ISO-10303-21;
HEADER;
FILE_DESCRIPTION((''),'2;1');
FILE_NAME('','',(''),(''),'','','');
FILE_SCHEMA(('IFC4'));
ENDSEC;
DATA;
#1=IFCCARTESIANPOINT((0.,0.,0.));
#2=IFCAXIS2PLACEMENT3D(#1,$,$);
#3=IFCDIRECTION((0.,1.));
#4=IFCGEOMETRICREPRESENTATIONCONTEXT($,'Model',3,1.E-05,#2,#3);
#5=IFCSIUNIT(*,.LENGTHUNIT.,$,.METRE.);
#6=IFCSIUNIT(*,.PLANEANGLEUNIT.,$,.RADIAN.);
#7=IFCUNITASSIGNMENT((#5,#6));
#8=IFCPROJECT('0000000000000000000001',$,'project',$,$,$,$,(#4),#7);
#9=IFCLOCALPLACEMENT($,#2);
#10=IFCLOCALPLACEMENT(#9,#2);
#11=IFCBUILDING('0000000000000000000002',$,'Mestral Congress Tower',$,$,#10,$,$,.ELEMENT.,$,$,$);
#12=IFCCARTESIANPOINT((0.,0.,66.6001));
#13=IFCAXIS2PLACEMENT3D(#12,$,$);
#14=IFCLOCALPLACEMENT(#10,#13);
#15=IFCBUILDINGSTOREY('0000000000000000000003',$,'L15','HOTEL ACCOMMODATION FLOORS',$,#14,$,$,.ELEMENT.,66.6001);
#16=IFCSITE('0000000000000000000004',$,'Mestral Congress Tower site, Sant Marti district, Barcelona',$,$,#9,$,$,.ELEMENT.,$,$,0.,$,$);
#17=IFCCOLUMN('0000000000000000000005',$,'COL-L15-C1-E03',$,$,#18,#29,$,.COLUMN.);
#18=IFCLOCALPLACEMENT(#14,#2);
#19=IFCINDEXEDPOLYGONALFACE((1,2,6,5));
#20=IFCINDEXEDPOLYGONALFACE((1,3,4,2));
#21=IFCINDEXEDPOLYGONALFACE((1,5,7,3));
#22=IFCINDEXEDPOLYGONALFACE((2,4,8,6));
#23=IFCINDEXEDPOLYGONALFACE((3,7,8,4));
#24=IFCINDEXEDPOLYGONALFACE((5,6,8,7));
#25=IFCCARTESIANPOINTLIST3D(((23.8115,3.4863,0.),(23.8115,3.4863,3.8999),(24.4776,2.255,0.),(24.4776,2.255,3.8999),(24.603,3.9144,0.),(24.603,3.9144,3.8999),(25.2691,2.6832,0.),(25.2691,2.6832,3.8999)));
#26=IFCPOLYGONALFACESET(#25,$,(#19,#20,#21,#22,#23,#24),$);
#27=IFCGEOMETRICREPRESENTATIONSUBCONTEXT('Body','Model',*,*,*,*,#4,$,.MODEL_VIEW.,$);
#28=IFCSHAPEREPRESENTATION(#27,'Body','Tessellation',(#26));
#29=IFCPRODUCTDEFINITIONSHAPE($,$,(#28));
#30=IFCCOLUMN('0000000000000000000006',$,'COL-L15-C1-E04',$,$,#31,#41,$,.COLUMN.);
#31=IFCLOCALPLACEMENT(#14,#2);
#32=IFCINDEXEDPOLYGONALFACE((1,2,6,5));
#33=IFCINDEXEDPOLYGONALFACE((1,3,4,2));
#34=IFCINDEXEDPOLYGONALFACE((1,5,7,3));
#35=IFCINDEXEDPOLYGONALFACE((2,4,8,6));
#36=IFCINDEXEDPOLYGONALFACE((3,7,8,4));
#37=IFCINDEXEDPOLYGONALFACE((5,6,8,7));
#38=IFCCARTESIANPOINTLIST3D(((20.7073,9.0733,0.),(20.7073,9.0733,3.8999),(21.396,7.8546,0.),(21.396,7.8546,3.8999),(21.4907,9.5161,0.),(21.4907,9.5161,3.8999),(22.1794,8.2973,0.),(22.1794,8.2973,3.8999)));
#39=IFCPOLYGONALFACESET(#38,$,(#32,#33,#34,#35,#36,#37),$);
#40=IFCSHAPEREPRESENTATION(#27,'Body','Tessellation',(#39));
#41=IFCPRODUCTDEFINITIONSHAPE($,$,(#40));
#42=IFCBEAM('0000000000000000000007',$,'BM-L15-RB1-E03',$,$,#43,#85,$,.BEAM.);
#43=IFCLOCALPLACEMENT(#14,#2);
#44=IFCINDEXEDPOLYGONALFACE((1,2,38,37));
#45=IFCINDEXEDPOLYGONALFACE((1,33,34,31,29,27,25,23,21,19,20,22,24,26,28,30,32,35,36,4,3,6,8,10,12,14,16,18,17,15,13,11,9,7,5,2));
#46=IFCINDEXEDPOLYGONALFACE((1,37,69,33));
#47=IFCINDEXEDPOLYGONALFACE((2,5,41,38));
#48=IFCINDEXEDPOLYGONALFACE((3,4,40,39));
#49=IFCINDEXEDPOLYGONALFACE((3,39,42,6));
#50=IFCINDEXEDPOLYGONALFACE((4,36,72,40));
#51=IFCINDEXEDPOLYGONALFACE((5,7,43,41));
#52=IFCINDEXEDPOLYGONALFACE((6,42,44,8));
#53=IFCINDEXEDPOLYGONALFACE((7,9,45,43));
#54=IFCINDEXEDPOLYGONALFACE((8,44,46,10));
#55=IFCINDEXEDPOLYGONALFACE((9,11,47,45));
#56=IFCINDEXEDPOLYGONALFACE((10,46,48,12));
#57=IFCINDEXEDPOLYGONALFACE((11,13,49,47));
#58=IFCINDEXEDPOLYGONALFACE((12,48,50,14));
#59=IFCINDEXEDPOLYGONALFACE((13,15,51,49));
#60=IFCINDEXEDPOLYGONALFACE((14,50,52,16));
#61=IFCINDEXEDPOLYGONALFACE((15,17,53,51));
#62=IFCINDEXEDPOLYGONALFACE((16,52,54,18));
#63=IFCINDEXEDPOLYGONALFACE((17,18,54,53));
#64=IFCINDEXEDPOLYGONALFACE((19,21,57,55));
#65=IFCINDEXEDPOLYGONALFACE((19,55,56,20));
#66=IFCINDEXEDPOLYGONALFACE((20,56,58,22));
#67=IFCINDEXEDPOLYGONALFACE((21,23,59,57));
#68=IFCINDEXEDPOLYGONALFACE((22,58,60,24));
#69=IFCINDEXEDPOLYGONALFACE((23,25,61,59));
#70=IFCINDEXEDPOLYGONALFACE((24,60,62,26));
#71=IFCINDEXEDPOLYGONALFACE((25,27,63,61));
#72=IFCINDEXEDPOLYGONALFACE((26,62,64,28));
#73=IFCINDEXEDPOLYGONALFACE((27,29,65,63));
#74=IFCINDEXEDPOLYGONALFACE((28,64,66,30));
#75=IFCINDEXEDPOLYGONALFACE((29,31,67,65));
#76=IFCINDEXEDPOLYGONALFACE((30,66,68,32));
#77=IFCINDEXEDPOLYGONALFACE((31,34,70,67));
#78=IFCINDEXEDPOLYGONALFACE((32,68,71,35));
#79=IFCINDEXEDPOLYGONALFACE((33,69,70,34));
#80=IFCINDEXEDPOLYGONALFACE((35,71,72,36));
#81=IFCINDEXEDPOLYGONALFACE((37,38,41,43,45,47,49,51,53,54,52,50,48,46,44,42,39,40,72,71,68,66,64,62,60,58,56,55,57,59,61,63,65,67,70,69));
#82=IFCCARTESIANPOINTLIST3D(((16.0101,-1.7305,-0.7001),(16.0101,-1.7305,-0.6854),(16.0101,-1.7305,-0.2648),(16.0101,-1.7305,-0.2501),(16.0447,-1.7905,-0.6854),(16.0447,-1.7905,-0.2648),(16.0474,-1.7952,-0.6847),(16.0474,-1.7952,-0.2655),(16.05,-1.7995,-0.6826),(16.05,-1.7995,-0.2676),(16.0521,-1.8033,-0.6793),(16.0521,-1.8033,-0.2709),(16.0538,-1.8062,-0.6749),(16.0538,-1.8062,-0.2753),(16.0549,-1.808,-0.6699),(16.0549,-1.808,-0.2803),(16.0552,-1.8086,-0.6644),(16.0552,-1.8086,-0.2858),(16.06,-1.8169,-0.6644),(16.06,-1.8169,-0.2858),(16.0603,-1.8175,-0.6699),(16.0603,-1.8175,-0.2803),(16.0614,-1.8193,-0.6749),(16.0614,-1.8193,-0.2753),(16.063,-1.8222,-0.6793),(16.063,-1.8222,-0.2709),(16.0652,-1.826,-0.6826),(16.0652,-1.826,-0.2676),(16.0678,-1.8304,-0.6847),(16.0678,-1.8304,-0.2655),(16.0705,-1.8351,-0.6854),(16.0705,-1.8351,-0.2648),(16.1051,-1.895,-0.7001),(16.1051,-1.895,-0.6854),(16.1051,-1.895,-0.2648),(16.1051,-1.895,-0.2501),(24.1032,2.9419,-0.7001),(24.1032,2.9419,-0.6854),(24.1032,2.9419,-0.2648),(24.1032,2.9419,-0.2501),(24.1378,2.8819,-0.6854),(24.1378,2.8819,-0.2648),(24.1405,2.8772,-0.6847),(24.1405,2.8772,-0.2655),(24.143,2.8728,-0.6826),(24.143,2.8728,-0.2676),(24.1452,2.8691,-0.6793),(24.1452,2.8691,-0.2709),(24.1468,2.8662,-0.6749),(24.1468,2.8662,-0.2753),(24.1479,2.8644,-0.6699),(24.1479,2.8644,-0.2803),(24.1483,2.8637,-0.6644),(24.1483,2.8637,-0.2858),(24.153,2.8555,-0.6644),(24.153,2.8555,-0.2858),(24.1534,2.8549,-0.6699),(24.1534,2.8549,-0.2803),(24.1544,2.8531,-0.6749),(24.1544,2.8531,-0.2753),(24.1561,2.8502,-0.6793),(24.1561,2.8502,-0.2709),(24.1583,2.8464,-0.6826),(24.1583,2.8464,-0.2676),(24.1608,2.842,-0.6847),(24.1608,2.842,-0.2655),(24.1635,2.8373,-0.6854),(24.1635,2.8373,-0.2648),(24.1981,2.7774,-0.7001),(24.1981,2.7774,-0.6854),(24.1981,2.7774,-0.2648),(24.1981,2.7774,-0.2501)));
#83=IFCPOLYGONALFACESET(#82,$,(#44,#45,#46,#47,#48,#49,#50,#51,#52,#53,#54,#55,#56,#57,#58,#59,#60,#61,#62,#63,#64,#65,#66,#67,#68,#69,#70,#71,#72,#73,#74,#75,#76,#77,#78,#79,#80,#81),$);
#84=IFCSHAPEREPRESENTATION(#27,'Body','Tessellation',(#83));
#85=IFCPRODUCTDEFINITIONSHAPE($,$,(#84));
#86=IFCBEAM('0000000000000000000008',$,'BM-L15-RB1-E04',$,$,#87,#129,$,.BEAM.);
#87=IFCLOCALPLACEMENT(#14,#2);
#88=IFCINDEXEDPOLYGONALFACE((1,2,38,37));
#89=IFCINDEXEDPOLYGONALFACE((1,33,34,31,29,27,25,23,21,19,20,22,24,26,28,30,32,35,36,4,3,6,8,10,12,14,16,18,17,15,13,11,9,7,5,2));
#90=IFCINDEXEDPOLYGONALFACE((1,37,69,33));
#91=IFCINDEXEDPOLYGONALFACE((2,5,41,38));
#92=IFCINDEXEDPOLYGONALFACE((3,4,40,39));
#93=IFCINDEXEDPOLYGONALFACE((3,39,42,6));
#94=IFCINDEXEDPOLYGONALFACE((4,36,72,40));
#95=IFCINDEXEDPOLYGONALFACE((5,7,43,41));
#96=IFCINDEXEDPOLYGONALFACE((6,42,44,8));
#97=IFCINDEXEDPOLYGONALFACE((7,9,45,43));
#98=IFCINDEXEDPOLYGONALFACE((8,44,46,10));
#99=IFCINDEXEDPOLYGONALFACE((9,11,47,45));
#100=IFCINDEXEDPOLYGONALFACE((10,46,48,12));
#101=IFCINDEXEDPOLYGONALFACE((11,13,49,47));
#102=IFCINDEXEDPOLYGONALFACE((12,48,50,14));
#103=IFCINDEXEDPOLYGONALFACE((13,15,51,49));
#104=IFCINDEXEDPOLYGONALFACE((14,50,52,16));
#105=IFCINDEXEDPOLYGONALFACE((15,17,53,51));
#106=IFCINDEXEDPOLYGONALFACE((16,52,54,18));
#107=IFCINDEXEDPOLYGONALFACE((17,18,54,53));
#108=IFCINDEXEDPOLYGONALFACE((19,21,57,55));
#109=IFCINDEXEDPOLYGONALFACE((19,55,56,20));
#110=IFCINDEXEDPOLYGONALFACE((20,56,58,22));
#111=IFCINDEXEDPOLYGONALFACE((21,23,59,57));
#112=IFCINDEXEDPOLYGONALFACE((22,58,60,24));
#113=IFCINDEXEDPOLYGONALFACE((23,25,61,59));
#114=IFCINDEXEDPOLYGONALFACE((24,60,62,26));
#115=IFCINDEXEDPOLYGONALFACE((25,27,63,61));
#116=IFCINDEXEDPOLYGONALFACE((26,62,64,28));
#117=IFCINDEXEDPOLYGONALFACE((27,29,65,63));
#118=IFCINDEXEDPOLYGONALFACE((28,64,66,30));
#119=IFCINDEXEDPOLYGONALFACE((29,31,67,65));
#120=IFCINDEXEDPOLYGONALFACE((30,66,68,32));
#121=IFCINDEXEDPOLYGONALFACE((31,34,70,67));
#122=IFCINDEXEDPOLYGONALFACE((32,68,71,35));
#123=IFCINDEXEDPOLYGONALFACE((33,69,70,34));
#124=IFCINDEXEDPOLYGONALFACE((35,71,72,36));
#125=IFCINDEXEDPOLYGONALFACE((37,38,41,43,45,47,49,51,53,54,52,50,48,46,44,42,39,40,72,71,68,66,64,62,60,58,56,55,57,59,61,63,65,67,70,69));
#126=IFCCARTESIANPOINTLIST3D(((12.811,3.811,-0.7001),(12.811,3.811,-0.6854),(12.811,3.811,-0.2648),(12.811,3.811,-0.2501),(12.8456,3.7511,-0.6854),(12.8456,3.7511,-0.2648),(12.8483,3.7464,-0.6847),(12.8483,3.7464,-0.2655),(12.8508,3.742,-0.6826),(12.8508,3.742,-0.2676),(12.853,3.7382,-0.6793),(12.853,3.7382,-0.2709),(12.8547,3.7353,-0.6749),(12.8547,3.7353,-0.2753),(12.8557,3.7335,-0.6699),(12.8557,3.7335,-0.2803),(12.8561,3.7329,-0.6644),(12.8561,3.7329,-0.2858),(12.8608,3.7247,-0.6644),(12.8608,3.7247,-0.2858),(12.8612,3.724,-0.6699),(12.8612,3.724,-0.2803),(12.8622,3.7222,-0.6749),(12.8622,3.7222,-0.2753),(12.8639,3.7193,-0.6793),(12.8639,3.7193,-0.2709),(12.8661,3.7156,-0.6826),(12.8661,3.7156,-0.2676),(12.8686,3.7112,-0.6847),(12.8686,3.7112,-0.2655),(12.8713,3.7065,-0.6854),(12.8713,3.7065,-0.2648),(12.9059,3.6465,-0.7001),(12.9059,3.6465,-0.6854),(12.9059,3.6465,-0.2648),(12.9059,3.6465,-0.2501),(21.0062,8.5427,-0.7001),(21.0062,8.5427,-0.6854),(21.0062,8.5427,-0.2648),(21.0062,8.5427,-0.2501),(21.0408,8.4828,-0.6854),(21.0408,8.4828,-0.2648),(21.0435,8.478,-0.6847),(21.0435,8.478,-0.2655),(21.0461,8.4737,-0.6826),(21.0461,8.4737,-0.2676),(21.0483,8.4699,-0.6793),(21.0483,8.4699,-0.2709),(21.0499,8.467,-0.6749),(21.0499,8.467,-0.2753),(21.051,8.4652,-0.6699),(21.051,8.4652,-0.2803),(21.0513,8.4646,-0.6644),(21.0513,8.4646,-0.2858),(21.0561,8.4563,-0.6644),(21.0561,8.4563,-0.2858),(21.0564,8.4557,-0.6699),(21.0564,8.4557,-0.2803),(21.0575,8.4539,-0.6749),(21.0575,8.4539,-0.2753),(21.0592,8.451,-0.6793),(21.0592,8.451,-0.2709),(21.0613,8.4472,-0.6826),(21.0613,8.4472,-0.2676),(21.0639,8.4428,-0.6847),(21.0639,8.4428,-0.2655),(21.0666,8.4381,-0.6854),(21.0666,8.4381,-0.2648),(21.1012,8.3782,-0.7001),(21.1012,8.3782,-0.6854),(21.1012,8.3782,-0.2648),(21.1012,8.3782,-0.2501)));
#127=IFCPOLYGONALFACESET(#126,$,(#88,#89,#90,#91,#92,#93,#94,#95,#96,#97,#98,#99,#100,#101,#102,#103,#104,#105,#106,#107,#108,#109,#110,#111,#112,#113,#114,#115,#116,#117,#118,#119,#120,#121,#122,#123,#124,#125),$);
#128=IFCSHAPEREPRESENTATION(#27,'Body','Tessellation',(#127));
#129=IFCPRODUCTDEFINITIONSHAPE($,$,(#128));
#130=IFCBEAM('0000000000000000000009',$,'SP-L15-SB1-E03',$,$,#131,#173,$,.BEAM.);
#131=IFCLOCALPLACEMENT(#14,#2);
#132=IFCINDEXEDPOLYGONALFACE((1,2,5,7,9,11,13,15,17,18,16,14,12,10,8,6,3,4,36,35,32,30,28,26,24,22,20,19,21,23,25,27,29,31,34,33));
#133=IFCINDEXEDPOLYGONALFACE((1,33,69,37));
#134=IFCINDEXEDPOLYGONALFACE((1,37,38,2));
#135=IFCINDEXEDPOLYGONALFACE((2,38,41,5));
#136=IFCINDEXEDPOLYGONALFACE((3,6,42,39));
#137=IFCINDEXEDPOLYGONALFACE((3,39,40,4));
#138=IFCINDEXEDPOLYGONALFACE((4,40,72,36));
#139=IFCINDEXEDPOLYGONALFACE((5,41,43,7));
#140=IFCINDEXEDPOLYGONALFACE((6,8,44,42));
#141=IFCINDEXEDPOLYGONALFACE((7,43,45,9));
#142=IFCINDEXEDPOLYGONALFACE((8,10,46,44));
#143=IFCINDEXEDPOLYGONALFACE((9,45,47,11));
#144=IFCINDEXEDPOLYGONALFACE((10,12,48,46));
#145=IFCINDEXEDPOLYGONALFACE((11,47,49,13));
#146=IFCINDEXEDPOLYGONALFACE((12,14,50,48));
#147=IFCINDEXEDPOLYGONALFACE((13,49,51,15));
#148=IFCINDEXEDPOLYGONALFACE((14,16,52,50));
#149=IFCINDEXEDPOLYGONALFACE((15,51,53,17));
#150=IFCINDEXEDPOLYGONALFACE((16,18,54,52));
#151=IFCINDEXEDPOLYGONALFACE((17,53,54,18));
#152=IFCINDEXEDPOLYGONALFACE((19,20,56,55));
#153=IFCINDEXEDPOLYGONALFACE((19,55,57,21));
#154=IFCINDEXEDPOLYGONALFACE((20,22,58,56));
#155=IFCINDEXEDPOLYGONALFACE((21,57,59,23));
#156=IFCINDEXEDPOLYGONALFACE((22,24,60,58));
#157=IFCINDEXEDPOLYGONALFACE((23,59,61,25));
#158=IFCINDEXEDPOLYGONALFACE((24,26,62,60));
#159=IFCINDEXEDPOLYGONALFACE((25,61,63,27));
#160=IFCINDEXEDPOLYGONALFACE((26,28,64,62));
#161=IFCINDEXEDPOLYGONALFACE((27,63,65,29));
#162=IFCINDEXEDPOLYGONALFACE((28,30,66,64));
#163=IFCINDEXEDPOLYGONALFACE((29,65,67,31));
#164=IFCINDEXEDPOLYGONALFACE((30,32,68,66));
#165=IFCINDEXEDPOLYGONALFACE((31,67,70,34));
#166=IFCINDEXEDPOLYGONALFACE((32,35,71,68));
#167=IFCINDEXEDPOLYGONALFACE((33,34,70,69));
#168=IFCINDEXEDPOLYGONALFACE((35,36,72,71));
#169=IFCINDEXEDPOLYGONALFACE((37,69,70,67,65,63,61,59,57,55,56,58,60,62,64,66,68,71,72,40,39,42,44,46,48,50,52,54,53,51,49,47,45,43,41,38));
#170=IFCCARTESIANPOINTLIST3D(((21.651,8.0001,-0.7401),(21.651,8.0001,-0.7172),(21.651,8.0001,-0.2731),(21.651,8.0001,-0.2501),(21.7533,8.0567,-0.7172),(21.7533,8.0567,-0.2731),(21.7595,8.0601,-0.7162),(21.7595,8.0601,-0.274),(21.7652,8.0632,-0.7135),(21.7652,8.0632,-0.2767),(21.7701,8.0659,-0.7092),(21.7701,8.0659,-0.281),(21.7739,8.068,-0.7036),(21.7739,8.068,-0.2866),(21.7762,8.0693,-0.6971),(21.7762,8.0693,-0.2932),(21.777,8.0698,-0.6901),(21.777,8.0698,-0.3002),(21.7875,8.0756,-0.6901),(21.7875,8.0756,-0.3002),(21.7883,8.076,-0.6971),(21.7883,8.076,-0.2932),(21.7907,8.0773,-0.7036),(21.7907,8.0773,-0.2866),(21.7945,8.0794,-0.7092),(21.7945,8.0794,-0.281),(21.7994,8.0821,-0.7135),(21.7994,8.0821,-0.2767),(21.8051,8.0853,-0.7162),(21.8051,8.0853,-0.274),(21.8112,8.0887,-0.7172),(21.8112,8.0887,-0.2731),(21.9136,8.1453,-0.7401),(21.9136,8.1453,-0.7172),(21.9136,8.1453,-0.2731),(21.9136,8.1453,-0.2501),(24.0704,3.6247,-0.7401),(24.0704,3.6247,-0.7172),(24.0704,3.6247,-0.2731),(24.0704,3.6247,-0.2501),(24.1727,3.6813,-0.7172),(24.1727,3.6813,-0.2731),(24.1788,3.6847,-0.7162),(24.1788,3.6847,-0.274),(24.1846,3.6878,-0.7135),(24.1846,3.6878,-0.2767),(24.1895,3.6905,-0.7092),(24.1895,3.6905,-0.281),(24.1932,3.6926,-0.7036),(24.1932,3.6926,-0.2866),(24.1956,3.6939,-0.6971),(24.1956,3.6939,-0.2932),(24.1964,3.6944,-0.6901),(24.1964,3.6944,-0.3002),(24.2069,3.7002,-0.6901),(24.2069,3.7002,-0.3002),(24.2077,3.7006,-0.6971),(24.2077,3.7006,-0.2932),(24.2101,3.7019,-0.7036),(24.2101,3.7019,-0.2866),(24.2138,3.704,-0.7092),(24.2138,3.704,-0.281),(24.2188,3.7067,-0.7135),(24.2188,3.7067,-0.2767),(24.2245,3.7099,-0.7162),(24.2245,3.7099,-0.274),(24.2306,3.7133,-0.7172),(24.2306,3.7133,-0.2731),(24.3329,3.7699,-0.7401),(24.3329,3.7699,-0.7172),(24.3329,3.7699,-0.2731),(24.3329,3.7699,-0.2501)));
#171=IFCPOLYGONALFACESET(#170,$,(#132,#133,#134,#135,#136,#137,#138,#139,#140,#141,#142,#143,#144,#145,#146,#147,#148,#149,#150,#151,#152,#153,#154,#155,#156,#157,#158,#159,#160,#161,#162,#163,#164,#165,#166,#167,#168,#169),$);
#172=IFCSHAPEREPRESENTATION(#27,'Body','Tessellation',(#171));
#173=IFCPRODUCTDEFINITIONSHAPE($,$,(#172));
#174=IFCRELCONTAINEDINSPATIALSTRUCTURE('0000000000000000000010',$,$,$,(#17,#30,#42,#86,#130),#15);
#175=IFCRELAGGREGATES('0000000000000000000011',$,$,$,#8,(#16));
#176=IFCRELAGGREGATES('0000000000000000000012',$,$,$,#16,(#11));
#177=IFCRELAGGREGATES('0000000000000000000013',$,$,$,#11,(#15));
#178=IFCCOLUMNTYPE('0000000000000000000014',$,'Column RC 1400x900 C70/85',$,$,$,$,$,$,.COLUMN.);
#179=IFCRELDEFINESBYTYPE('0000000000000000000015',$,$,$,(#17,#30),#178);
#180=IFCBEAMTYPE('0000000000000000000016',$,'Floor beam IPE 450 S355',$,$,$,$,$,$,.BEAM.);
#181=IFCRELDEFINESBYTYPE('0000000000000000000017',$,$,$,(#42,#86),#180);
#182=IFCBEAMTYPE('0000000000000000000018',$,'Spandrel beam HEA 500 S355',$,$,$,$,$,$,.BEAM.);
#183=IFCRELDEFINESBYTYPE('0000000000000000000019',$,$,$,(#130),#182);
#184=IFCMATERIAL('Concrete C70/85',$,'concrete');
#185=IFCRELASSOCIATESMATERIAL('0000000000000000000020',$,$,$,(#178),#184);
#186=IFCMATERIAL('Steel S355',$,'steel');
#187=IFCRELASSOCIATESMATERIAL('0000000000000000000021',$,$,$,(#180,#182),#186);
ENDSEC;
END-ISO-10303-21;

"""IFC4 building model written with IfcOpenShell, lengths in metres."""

from ifc_helpers import new_model, si_unit, direction, frame, origin, origin_2d, place, context, subcontext, project, spatial, rectangle, i_section, extrude, material, material_profile, profile_set, type_object, element, save


model = new_model("IFC4")

# Units and contexts
model_context = context("Model", 3, precision=1e-05, world=origin(), true_north=direction((0.0, 1.0)))
body_context = subcontext(model_context, "Body", "Model", "MODEL_VIEW")
ifc_project = project(units=[si_unit("LENGTHUNIT", "METRE"), si_unit("PLANEANGLEUNIT", "RADIAN")], contexts=[model_context])

# Site, building, storey
site_placement = place(None, origin())
site = spatial("IfcSite", under=ifc_project, at=site_placement, Name="Mestral Congress Tower site, Sant Marti district, Barcelona", CompositionType="ELEMENT", RefElevation=0.0)
building_placement = place(site_placement, origin())
building = spatial("IfcBuilding", under=site, at=building_placement, Name="Mestral Congress Tower", CompositionType="ELEMENT")
storey_placement = place(building_placement, frame((0.0, 0.0, 66.6001)))
storey = spatial("IfcBuildingStorey", under=building, at=storey_placement, Name="L15", Description="HOTEL ACCOMMODATION FLOORS", CompositionType="ELEMENT", Elevation=66.6001)

# Columns
ifc_material_1 = material(Name="Concrete C70/85", Category="concrete")
ifc_material_profile_1 = material_profile(ifc_material_1, rectangle(XDim=1.3999, YDim=0.8999, at=origin_2d()), Name="RC 1400x900")
ifc_profile_set_1 = profile_set([ifc_material_profile_1], Name="Concrete C70/85")
column_type = type_object("IfcColumnType", Name="Column RC 1400x900 C70/85", PredefinedType="COLUMN", material=ifc_profile_set_1)
for number, where, z_axis, x_axis, name in (
    (1, (24.5403, 3.0847, 0.0), (0.0, 0.0, 1.0), (-0.475796, 0.879556, 0.0), "COL-L15-C1-E03"),
    (2, (21.4434, 8.6853, 0.0), (0.0, 0.0, 1.0), (-0.491974, 0.87061, 0.0), "COL-L15-C1-E04"),
):
    element("IfcColumn", number, at=place(storey_placement, frame(where, z_axis=z_axis, x_axis=x_axis)), inside=storey, type_object=column_type, Name=name, PredefinedType="COLUMN", context=body_context, shape_type="SweptSolid", body=[
        extrude(rectangle(XDim=1.3999, YDim=0.8999, at=origin_2d()), origin(), (0.0, 0.0, 1.0), 3.8999),
    ])

# Beams
ifc_material_2 = material(Name="Steel S355", Category="steel")
ifc_material_profile_2 = material_profile(ifc_material_2, i_section(OverallWidth=0.1899, OverallDepth=0.45, WebThickness=0.0095, FlangeThickness=0.0146, FilletRadius=0.021, at=origin_2d()), Name="IPE 450")
ifc_profile_set_2 = profile_set([ifc_material_profile_2], Name="Steel S355")
beam_type_1 = type_object("IfcBeamType", Name="Floor beam IPE 450 S355", PredefinedType="BEAM", material=ifc_profile_set_2)
beam_1_placement = place(storey_placement, frame((24.1506, 2.8596, -0.4751), z_axis=(-0.866032, -0.499989, 0.0), x_axis=(0.499989, -0.866032, 0.0)))
element("IfcBeam", 3, at=beam_1_placement, inside=storey, type_object=beam_type_1, Name="BM-L15-RB1-E03", PredefinedType="BEAM", context=body_context, shape_type="SweptSolid", body=[
    extrude(i_section(OverallWidth=0.1899, OverallDepth=0.45, WebThickness=0.0095, FlangeThickness=0.0146, FilletRadius=0.021, at=origin_2d()), origin(), (0.0, 0.0, 1.0), 9.345),
])
beam_2_placement = place(storey_placement, frame((21.0537, 8.4604, -0.4751), z_axis=(-0.86602, -0.50001, 0.0), x_axis=(0.50001, -0.86602, 0.0)))
element("IfcBeam", 4, at=beam_2_placement, inside=storey, type_object=beam_type_1, Name="BM-L15-RB1-E04", PredefinedType="BEAM", context=body_context, shape_type="SweptSolid", body=[
    extrude(i_section(OverallWidth=0.1899, OverallDepth=0.45, WebThickness=0.0095, FlangeThickness=0.0146, FilletRadius=0.021, at=origin_2d()), origin(), (0.0, 0.0, 1.0), 9.4631),
])
ifc_material_profile_3 = material_profile(ifc_material_2, i_section(OverallWidth=0.3, OverallDepth=0.49, WebThickness=0.012, FlangeThickness=0.0229, FilletRadius=0.0271, at=origin_2d()), Name="HEA 500")
ifc_profile_set_3 = profile_set([ifc_material_profile_3], Name="Steel S355")
beam_type_2 = type_object("IfcBeamType", Name="Spandrel beam HEA 500 S355", PredefinedType="BEAM", material=ifc_profile_set_3)
for number, where, z_axis, x_axis, name in (
    (5, (24.2017, 3.6973, -0.4951), (-0.483901, 0.875123, 0.0), (-0.875123, -0.483901, 0.0), "SP-L15-SB1-E03"),
):
    element("IfcBeam", number, at=place(storey_placement, frame(where, z_axis=z_axis, x_axis=x_axis)), inside=storey, type_object=beam_type_2, Name=name, PredefinedType="BEAM", context=body_context, shape_type="SweptSolid", body=[
        extrude(i_section(OverallWidth=0.3, OverallDepth=0.49, WebThickness=0.012, FlangeThickness=0.0229, FilletRadius=0.0271, at=origin_2d()), origin(), (0.0, 0.0, 1.0), 4.9998),
    ])

save(model, "model.ifc")
